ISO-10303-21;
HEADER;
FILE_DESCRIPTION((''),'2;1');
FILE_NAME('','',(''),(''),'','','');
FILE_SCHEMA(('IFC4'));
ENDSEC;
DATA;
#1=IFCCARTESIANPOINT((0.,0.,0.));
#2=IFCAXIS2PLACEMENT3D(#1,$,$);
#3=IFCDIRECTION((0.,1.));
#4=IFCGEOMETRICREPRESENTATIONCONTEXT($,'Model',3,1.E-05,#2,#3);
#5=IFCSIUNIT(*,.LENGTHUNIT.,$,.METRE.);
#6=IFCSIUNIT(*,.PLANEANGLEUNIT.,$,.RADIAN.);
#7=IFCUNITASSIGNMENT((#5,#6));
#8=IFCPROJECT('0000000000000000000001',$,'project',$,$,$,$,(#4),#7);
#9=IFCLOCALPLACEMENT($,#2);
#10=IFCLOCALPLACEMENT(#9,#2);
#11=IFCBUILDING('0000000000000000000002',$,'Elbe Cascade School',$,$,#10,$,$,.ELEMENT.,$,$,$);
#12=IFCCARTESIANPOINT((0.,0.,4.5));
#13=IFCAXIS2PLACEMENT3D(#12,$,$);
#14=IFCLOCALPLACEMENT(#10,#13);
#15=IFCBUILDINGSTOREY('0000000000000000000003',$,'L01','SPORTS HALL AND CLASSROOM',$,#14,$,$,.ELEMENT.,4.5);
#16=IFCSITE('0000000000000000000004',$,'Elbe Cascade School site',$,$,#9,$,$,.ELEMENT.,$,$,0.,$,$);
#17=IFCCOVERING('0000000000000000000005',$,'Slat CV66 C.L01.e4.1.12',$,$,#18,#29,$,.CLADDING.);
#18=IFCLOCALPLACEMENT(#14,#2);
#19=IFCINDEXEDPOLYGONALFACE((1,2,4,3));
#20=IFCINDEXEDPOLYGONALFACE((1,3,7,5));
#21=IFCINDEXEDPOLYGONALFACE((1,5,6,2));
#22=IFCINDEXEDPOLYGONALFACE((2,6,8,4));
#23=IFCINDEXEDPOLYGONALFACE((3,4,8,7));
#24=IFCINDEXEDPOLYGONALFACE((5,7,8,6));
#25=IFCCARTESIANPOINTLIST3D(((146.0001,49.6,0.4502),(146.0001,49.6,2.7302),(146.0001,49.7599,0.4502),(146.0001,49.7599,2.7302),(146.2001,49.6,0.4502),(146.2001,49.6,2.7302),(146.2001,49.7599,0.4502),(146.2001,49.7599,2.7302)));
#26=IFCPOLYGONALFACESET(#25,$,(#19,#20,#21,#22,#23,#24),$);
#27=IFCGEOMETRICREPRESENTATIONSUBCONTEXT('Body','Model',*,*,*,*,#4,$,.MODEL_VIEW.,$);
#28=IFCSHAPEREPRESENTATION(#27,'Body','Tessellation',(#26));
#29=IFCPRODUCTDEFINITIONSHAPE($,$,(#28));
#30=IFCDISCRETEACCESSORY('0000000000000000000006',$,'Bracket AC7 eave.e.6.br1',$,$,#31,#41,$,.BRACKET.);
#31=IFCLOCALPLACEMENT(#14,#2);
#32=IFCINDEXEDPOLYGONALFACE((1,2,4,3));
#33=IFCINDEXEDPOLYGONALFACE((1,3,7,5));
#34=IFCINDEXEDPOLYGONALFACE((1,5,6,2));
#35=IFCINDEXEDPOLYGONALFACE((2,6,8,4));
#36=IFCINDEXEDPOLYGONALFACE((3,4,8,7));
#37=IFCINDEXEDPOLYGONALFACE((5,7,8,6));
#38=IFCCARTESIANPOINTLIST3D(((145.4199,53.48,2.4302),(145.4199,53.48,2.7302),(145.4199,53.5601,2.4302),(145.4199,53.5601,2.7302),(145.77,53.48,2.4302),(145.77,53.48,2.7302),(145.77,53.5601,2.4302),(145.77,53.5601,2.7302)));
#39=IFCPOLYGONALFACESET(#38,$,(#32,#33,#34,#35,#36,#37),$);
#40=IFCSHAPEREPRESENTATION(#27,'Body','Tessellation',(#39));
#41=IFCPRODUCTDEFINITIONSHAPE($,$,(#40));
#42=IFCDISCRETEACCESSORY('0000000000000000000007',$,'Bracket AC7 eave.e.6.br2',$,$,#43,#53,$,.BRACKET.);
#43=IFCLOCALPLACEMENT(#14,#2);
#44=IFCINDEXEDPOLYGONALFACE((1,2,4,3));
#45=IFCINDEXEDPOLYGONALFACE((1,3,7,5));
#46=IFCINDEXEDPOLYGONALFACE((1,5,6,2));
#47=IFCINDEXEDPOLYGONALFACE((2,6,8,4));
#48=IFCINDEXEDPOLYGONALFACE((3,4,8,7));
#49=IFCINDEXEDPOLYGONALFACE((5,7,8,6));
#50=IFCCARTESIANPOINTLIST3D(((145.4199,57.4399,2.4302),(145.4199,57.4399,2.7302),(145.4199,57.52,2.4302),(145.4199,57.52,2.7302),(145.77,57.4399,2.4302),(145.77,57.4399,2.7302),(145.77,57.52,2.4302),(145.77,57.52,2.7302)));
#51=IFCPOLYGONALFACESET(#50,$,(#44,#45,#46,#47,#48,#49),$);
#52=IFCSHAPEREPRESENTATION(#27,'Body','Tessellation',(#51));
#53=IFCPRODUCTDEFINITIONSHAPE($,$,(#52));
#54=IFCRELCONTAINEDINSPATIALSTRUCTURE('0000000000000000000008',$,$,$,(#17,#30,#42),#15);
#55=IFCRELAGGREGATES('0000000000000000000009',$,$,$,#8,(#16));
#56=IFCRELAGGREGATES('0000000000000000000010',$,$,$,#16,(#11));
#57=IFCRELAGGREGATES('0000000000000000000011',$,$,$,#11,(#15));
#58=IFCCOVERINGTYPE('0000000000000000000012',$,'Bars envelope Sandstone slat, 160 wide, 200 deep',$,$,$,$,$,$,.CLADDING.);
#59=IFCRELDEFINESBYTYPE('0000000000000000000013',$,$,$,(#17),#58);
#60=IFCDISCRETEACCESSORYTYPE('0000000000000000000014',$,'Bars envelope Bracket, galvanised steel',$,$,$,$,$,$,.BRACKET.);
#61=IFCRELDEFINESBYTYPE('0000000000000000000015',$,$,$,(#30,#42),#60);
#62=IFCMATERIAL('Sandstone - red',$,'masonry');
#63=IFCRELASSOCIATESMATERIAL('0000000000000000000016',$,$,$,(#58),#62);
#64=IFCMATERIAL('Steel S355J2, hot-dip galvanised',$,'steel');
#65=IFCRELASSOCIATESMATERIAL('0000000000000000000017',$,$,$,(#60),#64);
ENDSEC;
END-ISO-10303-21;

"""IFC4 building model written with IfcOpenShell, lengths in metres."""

from ifc_helpers import new_model, si_unit, direction, frame, origin, origin_2d, place, context, subcontext, project, spatial, rectangle, extrude, material, type_object, element, save


model = new_model("IFC4")

# Units and contexts
model_context = context("Model", 3, precision=1e-05, world=origin(), true_north=direction((0.0, 1.0)))
body_context = subcontext(model_context, "Body", "Model", "MODEL_VIEW")
ifc_project = project(units=[si_unit("LENGTHUNIT", "METRE"), si_unit("PLANEANGLEUNIT", "RADIAN")], contexts=[model_context])

# Site, building, storey
site_placement = place(None, origin())
site = spatial("IfcSite", under=ifc_project, at=site_placement, Name="Elbe Cascade School site", CompositionType="ELEMENT", RefElevation=0.0)
building_placement = place(site_placement, origin())
building = spatial("IfcBuilding", under=site, at=building_placement, Name="Elbe Cascade School", CompositionType="ELEMENT")
storey_placement = place(building_placement, frame((0.0, 0.0, 4.5)))
storey = spatial("IfcBuildingStorey", under=building, at=storey_placement, Name="L01", Description="SPORTS HALL AND CLASSROOM", CompositionType="ELEMENT", Elevation=4.5)

# Covering
ifc_material_1 = material(Name="Sandstone - red", Category="masonry")
covering_type_1 = type_object("IfcCoveringType", Name="Bars envelope Sandstone slat, 160 wide, 200 deep", PredefinedType="CLADDING", material=ifc_material_1)
for number, where, z_axis, x_axis, name in (
    (1, (146.1001, 49.6799, 0.4502), (0.0, 0.0, 1.0), (0.0, 1.0, 0.0), "Slat CV66 C.L01.e4.1.12"),
):
    element("IfcCovering", number, at=place(storey_placement, frame(where, z_axis=z_axis, x_axis=x_axis)), inside=storey, type_object=covering_type_1, Name=name, PredefinedType="CLADDING", context=body_context, shape_type="SweptSolid", body=[
        extrude(rectangle(XDim=0.1599, YDim=0.2, at=origin_2d()), origin(), (0.0, 0.0, 1.0), 2.28),
    ])

# Discrete accessories
ifc_material_2 = material(Name="Steel S355J2, hot-dip galvanised", Category="steel")
discrete_accessory_type = type_object("IfcDiscreteAccessoryType", Name="Bars envelope Bracket, galvanised steel", PredefinedType="BRACKET", material=ifc_material_2)
for number, where, z_axis, x_axis, name in (
    (2, (145.595, 53.52, 2.4302), (0.0, 0.0, 1.0), (0.0, 1.0, 0.0), "Bracket AC7 eave.e.6.br1"),
    (3, (145.595, 57.48, 2.4302), (0.0, 0.0, 1.0), (0.0, 1.0, 0.0), "Bracket AC7 eave.e.6.br2"),
):
    element("IfcDiscreteAccessory", number, at=place(storey_placement, frame(where, z_axis=z_axis, x_axis=x_axis)), inside=storey, type_object=discrete_accessory_type, Name=name, PredefinedType="BRACKET", context=body_context, shape_type="SweptSolid", body=[
        extrude(rectangle(XDim=0.0801, YDim=0.3501, at=origin_2d()), origin(), (0.0, 0.0, 1.0), 0.3),
    ])

save(model, "model.ifc")
